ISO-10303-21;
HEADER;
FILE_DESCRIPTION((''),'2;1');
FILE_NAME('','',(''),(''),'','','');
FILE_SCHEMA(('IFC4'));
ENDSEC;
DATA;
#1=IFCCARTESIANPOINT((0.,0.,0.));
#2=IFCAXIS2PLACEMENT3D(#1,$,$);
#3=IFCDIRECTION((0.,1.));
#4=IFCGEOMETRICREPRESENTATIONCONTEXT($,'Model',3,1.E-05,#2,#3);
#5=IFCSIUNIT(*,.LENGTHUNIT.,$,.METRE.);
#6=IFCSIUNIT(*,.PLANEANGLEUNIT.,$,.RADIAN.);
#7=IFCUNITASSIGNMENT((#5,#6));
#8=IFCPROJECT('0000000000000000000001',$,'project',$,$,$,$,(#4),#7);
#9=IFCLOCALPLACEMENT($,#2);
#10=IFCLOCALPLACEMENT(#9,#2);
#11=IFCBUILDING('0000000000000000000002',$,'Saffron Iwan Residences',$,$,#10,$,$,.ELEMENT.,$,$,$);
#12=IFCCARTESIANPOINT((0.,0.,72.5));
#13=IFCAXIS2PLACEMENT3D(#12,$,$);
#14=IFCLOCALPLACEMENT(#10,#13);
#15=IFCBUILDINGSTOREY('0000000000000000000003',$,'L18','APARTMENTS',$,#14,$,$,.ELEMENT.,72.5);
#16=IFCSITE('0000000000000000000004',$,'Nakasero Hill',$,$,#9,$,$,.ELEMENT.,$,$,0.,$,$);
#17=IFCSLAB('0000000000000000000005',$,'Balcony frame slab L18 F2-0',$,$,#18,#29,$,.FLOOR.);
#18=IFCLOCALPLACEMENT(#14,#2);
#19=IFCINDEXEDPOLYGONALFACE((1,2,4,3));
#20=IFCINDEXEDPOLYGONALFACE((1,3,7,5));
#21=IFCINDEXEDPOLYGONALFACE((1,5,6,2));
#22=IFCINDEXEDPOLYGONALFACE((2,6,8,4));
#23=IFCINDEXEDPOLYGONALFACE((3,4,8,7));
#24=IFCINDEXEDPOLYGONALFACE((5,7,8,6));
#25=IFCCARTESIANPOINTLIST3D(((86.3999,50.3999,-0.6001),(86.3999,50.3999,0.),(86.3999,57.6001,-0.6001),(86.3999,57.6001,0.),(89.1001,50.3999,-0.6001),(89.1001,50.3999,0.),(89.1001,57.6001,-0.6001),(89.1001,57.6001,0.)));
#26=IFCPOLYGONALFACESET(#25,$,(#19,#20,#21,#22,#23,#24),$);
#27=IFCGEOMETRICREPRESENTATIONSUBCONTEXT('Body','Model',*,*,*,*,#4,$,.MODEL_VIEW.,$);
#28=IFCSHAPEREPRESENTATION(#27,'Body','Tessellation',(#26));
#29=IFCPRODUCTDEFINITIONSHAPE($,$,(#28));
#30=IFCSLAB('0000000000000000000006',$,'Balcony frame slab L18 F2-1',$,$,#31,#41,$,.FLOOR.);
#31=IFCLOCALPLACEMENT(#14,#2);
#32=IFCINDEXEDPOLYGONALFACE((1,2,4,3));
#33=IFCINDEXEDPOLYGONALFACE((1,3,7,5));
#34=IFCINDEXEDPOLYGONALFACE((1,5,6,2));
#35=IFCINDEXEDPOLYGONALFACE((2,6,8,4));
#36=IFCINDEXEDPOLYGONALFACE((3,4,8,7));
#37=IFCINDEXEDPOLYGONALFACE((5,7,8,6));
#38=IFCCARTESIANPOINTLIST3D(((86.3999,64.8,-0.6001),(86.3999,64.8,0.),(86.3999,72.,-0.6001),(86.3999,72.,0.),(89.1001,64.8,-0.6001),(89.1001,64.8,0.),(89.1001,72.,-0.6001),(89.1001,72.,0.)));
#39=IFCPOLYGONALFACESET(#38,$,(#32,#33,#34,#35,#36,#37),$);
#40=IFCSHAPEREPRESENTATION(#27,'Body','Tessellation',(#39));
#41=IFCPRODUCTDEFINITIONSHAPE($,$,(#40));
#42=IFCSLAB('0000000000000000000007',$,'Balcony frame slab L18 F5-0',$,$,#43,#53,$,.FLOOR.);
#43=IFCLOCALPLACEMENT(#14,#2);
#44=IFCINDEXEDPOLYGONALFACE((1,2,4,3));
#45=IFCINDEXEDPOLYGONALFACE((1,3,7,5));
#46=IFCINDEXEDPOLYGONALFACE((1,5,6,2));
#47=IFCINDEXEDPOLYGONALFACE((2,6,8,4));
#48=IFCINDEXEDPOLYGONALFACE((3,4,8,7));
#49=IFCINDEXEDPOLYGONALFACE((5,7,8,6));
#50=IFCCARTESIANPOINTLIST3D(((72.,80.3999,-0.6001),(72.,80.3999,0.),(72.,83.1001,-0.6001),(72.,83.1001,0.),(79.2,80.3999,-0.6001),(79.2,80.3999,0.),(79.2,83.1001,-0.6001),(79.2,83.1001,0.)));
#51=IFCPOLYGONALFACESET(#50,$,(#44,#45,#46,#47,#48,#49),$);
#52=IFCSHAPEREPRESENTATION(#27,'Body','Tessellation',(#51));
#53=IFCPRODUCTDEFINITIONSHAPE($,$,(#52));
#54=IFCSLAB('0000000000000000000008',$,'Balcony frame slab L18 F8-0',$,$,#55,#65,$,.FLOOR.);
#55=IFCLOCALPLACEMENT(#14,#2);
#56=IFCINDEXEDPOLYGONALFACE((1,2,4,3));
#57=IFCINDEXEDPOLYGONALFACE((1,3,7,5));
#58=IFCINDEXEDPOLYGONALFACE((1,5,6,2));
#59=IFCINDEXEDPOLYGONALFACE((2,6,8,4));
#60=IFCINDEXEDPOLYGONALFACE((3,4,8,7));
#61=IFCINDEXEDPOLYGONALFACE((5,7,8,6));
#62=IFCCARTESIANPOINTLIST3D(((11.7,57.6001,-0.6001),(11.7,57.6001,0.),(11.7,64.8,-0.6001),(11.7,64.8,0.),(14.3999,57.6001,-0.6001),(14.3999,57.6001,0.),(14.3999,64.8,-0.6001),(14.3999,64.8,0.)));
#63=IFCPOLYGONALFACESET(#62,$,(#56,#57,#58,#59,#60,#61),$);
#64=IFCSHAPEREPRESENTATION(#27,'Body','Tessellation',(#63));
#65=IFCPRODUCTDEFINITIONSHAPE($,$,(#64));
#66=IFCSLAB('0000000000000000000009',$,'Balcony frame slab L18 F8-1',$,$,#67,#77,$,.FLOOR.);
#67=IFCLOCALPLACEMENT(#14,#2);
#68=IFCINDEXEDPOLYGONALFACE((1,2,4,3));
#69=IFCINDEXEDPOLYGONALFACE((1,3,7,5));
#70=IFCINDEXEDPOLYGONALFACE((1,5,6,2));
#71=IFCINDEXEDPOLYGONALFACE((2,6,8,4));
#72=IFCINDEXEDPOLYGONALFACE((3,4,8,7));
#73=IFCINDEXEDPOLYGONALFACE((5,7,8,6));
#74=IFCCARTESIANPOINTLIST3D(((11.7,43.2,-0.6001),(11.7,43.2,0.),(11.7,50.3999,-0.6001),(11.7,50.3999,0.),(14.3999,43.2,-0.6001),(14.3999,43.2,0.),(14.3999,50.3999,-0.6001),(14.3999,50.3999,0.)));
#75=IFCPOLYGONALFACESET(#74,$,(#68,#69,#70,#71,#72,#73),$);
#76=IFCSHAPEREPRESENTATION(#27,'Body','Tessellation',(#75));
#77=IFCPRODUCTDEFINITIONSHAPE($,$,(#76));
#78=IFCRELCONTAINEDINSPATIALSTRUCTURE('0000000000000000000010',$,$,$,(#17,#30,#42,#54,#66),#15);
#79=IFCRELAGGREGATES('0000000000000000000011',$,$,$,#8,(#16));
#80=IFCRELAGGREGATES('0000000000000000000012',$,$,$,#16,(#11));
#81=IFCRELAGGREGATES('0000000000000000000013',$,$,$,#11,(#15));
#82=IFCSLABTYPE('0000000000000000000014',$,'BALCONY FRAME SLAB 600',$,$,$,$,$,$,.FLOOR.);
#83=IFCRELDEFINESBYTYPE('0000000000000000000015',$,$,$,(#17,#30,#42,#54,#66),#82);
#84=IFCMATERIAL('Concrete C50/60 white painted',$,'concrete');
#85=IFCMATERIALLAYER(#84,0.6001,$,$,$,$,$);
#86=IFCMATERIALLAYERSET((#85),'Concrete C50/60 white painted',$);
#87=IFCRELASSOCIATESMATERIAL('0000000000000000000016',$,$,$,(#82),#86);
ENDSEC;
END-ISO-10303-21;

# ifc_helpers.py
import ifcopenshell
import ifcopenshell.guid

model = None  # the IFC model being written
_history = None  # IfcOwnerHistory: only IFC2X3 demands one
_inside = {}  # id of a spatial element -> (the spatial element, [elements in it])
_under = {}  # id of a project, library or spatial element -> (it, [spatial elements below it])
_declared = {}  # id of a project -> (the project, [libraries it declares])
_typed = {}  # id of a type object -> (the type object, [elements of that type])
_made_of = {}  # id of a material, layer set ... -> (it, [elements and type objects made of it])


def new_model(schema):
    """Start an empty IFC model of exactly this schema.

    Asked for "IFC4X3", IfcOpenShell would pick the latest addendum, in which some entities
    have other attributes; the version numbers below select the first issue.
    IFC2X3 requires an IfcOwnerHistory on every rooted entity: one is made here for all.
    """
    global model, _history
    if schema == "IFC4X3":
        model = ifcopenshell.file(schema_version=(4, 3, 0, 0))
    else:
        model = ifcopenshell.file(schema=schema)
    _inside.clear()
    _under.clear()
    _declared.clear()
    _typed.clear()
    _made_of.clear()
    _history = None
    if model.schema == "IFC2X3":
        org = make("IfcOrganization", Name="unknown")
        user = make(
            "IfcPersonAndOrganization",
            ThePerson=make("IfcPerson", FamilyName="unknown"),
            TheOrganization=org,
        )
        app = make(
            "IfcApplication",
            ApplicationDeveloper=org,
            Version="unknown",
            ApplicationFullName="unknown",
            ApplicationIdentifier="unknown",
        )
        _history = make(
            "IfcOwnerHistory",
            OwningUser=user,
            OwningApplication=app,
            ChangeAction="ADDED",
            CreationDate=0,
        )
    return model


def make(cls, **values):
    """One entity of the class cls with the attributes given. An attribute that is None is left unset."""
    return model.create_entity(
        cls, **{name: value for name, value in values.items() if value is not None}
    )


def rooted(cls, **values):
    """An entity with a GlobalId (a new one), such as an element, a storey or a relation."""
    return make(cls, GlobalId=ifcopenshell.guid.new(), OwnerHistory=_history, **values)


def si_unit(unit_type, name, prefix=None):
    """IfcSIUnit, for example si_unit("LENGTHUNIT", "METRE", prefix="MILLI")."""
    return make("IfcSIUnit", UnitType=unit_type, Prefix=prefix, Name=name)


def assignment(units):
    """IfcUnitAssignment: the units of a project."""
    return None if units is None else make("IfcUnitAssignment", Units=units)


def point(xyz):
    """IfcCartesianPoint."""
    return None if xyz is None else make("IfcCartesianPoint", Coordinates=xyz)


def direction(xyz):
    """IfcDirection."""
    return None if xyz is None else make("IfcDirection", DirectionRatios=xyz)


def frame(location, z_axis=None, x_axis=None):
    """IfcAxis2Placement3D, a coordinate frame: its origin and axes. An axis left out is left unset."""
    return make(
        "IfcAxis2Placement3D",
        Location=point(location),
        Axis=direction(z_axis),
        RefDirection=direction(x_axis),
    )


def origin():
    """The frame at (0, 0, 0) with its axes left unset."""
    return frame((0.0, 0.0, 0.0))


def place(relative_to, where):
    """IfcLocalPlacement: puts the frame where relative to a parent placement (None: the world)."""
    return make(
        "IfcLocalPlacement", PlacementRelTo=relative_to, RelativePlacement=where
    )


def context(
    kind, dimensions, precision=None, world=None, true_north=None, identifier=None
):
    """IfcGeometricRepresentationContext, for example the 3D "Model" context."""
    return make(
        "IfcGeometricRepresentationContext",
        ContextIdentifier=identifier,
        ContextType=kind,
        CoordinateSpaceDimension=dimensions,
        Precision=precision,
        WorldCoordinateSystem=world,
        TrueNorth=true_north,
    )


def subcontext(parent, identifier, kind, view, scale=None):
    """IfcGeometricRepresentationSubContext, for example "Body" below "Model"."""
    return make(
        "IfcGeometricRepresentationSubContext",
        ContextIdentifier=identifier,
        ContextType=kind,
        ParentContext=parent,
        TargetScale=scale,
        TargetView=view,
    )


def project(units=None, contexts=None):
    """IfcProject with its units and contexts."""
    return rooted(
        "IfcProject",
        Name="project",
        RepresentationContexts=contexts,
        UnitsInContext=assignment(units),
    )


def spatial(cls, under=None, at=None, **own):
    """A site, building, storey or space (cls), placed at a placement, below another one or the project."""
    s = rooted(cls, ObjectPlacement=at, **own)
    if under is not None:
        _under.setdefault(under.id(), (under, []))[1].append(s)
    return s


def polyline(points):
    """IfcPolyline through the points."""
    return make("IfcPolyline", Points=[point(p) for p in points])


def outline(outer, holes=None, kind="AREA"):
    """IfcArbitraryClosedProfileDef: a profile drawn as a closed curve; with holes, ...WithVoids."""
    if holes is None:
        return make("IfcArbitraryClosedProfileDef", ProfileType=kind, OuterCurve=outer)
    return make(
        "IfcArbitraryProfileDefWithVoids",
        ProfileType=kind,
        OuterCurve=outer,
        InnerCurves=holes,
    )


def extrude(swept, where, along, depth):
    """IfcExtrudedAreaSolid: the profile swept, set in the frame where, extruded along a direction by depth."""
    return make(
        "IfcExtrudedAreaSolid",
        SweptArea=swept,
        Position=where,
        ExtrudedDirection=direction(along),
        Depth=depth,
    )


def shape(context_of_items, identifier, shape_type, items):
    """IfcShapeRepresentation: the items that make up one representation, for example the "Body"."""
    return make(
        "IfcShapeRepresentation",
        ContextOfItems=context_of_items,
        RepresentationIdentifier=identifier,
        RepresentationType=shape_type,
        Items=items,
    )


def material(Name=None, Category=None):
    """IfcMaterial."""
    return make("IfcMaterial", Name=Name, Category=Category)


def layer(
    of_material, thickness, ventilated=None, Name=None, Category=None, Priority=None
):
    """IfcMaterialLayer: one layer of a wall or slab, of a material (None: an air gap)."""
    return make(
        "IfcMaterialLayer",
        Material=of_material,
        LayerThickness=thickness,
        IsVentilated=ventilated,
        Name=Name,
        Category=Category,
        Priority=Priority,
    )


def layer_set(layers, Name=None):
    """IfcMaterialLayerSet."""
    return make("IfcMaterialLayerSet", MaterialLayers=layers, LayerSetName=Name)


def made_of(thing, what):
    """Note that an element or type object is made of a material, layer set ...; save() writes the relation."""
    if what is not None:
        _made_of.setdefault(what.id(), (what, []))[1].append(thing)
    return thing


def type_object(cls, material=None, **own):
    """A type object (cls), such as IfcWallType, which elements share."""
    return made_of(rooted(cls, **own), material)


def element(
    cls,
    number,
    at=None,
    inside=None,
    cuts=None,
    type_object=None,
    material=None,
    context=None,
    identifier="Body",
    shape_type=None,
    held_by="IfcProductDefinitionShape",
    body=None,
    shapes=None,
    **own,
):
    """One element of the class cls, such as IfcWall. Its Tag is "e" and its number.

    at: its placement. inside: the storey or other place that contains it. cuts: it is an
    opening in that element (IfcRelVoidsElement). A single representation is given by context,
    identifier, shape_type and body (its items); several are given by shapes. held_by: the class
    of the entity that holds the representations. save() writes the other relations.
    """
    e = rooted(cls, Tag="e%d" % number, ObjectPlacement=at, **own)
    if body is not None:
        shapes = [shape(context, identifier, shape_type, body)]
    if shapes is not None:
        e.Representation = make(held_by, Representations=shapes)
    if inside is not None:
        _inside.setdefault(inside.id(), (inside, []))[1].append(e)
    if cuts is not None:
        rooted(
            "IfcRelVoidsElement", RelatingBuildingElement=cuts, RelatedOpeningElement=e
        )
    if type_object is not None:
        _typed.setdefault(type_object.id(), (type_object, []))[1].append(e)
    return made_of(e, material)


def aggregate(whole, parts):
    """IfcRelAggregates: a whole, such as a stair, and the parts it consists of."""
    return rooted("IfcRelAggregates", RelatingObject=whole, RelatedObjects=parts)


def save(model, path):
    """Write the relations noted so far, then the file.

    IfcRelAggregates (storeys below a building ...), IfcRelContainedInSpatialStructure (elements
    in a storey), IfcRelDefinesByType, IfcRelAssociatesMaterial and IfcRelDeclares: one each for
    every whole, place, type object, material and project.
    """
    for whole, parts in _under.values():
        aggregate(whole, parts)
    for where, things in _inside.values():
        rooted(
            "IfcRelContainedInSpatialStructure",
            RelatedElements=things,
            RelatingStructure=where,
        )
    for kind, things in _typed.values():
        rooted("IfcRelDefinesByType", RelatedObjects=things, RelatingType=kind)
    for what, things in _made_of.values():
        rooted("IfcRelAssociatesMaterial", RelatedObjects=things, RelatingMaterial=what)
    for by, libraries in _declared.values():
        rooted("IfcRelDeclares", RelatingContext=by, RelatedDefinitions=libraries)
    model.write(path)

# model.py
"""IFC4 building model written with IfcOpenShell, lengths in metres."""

from ifc_helpers import new_model, si_unit, direction, frame, origin, place, context, subcontext, project, spatial, polyline, outline, extrude, material, layer, layer_set, type_object, element, save


model = new_model("IFC4")

# Units and contexts
model_context = context("Model", 3, precision=1e-05, world=origin(), true_north=direction((0.0, 1.0)))
body_context = subcontext(model_context, "Body", "Model", "MODEL_VIEW")
ifc_project = project(units=[si_unit("LENGTHUNIT", "METRE"), si_unit("PLANEANGLEUNIT", "RADIAN")], contexts=[model_context])

# Site, building, storey
site_placement = place(None, origin())
site = spatial("IfcSite", under=ifc_project, at=site_placement, Name="Nakasero Hill", CompositionType="ELEMENT", RefElevation=0.0)
building_placement = place(site_placement, origin())
building = spatial("IfcBuilding", under=site, at=building_placement, Name="Saffron Iwan Residences", CompositionType="ELEMENT")
storey_placement = place(building_placement, frame((0.0, 0.0, 72.5)))
storey = spatial("IfcBuildingStorey", under=building, at=storey_placement, Name="L18", Description="APARTMENTS", CompositionType="ELEMENT", Elevation=72.5)

# Slabs
ifc_material_1 = material(Name="Concrete C50/60 white painted", Category="concrete")
ifc_layer_1 = layer(ifc_material_1, 0.6001)
ifc_layer_set_1 = layer_set([ifc_layer_1], Name="Concrete C50/60 white painted")
slab_type_1 = type_object("IfcSlabType", Name="BALCONY FRAME SLAB 600", PredefinedType="FLOOR", material=ifc_layer_set_1)
slab_1_placement = place(storey_placement, frame((0.0, 0.0, -0.6001)))
element("IfcSlab", 1, at=slab_1_placement, inside=storey, type_object=slab_type_1, Name="Balcony frame slab L18 F2-0", PredefinedType="FLOOR", context=body_context, shape_type="SweptSolid", body=[
    extrude(outline(polyline([(89.1001, 50.3999), (89.1001, 57.6001), (86.3999, 57.6001), (86.3999, 50.3999), (89.1001, 50.3999)])), origin(), (0.0, 0.0, 1.0), 0.6001),
])
slab_2_placement = place(storey_placement, frame((0.0, 0.0, -0.6001)))
element("IfcSlab", 2, at=slab_2_placement, inside=storey, type_object=slab_type_1, Name="Balcony frame slab L18 F2-1", PredefinedType="FLOOR", context=body_context, shape_type="SweptSolid", body=[
    extrude(outline(polyline([(89.1001, 64.8), (89.1001, 72.0), (86.3999, 72.0), (86.3999, 64.8), (89.1001, 64.8)])), origin(), (0.0, 0.0, 1.0), 0.6001),
])
slab_3_placement = place(storey_placement, frame((0.0, 0.0, -0.6001)))
element("IfcSlab", 3, at=slab_3_placement, inside=storey, type_object=slab_type_1, Name="Balcony frame slab L18 F5-0", PredefinedType="FLOOR", context=body_context, shape_type="SweptSolid", body=[
    extrude(outline(polyline([(79.2, 83.1001), (72.0, 83.1001), (72.0, 80.3999), (79.2, 80.3999), (79.2, 83.1001)])), origin(), (0.0, 0.0, 1.0), 0.6001),
])
slab_4_placement = place(storey_placement, frame((0.0, 0.0, -0.6001)))
element("IfcSlab", 4, at=slab_4_placement, inside=storey, type_object=slab_type_1, Name="Balcony frame slab L18 F8-0", PredefinedType="FLOOR", context=body_context, shape_type="SweptSolid", body=[
    extrude(outline(polyline([(11.7, 64.8), (11.7, 57.6001), (14.3999, 57.6001), (14.3999, 64.8), (11.7, 64.8)])), origin(), (0.0, 0.0, 1.0), 0.6001),
])
slab_5_placement = place(storey_placement, frame((0.0, 0.0, -0.6001)))
element("IfcSlab", 5, at=slab_5_placement, inside=storey, type_object=slab_type_1, Name="Balcony frame slab L18 F8-1", PredefinedType="FLOOR", context=body_context, shape_type="SweptSolid", body=[
    extrude(outline(polyline([(11.7, 50.3999), (11.7, 43.2), (14.3999, 43.2), (14.3999, 50.3999), (11.7, 50.3999)])), origin(), (0.0, 0.0, 1.0), 0.6001),
])

save(model, "model.ifc")
